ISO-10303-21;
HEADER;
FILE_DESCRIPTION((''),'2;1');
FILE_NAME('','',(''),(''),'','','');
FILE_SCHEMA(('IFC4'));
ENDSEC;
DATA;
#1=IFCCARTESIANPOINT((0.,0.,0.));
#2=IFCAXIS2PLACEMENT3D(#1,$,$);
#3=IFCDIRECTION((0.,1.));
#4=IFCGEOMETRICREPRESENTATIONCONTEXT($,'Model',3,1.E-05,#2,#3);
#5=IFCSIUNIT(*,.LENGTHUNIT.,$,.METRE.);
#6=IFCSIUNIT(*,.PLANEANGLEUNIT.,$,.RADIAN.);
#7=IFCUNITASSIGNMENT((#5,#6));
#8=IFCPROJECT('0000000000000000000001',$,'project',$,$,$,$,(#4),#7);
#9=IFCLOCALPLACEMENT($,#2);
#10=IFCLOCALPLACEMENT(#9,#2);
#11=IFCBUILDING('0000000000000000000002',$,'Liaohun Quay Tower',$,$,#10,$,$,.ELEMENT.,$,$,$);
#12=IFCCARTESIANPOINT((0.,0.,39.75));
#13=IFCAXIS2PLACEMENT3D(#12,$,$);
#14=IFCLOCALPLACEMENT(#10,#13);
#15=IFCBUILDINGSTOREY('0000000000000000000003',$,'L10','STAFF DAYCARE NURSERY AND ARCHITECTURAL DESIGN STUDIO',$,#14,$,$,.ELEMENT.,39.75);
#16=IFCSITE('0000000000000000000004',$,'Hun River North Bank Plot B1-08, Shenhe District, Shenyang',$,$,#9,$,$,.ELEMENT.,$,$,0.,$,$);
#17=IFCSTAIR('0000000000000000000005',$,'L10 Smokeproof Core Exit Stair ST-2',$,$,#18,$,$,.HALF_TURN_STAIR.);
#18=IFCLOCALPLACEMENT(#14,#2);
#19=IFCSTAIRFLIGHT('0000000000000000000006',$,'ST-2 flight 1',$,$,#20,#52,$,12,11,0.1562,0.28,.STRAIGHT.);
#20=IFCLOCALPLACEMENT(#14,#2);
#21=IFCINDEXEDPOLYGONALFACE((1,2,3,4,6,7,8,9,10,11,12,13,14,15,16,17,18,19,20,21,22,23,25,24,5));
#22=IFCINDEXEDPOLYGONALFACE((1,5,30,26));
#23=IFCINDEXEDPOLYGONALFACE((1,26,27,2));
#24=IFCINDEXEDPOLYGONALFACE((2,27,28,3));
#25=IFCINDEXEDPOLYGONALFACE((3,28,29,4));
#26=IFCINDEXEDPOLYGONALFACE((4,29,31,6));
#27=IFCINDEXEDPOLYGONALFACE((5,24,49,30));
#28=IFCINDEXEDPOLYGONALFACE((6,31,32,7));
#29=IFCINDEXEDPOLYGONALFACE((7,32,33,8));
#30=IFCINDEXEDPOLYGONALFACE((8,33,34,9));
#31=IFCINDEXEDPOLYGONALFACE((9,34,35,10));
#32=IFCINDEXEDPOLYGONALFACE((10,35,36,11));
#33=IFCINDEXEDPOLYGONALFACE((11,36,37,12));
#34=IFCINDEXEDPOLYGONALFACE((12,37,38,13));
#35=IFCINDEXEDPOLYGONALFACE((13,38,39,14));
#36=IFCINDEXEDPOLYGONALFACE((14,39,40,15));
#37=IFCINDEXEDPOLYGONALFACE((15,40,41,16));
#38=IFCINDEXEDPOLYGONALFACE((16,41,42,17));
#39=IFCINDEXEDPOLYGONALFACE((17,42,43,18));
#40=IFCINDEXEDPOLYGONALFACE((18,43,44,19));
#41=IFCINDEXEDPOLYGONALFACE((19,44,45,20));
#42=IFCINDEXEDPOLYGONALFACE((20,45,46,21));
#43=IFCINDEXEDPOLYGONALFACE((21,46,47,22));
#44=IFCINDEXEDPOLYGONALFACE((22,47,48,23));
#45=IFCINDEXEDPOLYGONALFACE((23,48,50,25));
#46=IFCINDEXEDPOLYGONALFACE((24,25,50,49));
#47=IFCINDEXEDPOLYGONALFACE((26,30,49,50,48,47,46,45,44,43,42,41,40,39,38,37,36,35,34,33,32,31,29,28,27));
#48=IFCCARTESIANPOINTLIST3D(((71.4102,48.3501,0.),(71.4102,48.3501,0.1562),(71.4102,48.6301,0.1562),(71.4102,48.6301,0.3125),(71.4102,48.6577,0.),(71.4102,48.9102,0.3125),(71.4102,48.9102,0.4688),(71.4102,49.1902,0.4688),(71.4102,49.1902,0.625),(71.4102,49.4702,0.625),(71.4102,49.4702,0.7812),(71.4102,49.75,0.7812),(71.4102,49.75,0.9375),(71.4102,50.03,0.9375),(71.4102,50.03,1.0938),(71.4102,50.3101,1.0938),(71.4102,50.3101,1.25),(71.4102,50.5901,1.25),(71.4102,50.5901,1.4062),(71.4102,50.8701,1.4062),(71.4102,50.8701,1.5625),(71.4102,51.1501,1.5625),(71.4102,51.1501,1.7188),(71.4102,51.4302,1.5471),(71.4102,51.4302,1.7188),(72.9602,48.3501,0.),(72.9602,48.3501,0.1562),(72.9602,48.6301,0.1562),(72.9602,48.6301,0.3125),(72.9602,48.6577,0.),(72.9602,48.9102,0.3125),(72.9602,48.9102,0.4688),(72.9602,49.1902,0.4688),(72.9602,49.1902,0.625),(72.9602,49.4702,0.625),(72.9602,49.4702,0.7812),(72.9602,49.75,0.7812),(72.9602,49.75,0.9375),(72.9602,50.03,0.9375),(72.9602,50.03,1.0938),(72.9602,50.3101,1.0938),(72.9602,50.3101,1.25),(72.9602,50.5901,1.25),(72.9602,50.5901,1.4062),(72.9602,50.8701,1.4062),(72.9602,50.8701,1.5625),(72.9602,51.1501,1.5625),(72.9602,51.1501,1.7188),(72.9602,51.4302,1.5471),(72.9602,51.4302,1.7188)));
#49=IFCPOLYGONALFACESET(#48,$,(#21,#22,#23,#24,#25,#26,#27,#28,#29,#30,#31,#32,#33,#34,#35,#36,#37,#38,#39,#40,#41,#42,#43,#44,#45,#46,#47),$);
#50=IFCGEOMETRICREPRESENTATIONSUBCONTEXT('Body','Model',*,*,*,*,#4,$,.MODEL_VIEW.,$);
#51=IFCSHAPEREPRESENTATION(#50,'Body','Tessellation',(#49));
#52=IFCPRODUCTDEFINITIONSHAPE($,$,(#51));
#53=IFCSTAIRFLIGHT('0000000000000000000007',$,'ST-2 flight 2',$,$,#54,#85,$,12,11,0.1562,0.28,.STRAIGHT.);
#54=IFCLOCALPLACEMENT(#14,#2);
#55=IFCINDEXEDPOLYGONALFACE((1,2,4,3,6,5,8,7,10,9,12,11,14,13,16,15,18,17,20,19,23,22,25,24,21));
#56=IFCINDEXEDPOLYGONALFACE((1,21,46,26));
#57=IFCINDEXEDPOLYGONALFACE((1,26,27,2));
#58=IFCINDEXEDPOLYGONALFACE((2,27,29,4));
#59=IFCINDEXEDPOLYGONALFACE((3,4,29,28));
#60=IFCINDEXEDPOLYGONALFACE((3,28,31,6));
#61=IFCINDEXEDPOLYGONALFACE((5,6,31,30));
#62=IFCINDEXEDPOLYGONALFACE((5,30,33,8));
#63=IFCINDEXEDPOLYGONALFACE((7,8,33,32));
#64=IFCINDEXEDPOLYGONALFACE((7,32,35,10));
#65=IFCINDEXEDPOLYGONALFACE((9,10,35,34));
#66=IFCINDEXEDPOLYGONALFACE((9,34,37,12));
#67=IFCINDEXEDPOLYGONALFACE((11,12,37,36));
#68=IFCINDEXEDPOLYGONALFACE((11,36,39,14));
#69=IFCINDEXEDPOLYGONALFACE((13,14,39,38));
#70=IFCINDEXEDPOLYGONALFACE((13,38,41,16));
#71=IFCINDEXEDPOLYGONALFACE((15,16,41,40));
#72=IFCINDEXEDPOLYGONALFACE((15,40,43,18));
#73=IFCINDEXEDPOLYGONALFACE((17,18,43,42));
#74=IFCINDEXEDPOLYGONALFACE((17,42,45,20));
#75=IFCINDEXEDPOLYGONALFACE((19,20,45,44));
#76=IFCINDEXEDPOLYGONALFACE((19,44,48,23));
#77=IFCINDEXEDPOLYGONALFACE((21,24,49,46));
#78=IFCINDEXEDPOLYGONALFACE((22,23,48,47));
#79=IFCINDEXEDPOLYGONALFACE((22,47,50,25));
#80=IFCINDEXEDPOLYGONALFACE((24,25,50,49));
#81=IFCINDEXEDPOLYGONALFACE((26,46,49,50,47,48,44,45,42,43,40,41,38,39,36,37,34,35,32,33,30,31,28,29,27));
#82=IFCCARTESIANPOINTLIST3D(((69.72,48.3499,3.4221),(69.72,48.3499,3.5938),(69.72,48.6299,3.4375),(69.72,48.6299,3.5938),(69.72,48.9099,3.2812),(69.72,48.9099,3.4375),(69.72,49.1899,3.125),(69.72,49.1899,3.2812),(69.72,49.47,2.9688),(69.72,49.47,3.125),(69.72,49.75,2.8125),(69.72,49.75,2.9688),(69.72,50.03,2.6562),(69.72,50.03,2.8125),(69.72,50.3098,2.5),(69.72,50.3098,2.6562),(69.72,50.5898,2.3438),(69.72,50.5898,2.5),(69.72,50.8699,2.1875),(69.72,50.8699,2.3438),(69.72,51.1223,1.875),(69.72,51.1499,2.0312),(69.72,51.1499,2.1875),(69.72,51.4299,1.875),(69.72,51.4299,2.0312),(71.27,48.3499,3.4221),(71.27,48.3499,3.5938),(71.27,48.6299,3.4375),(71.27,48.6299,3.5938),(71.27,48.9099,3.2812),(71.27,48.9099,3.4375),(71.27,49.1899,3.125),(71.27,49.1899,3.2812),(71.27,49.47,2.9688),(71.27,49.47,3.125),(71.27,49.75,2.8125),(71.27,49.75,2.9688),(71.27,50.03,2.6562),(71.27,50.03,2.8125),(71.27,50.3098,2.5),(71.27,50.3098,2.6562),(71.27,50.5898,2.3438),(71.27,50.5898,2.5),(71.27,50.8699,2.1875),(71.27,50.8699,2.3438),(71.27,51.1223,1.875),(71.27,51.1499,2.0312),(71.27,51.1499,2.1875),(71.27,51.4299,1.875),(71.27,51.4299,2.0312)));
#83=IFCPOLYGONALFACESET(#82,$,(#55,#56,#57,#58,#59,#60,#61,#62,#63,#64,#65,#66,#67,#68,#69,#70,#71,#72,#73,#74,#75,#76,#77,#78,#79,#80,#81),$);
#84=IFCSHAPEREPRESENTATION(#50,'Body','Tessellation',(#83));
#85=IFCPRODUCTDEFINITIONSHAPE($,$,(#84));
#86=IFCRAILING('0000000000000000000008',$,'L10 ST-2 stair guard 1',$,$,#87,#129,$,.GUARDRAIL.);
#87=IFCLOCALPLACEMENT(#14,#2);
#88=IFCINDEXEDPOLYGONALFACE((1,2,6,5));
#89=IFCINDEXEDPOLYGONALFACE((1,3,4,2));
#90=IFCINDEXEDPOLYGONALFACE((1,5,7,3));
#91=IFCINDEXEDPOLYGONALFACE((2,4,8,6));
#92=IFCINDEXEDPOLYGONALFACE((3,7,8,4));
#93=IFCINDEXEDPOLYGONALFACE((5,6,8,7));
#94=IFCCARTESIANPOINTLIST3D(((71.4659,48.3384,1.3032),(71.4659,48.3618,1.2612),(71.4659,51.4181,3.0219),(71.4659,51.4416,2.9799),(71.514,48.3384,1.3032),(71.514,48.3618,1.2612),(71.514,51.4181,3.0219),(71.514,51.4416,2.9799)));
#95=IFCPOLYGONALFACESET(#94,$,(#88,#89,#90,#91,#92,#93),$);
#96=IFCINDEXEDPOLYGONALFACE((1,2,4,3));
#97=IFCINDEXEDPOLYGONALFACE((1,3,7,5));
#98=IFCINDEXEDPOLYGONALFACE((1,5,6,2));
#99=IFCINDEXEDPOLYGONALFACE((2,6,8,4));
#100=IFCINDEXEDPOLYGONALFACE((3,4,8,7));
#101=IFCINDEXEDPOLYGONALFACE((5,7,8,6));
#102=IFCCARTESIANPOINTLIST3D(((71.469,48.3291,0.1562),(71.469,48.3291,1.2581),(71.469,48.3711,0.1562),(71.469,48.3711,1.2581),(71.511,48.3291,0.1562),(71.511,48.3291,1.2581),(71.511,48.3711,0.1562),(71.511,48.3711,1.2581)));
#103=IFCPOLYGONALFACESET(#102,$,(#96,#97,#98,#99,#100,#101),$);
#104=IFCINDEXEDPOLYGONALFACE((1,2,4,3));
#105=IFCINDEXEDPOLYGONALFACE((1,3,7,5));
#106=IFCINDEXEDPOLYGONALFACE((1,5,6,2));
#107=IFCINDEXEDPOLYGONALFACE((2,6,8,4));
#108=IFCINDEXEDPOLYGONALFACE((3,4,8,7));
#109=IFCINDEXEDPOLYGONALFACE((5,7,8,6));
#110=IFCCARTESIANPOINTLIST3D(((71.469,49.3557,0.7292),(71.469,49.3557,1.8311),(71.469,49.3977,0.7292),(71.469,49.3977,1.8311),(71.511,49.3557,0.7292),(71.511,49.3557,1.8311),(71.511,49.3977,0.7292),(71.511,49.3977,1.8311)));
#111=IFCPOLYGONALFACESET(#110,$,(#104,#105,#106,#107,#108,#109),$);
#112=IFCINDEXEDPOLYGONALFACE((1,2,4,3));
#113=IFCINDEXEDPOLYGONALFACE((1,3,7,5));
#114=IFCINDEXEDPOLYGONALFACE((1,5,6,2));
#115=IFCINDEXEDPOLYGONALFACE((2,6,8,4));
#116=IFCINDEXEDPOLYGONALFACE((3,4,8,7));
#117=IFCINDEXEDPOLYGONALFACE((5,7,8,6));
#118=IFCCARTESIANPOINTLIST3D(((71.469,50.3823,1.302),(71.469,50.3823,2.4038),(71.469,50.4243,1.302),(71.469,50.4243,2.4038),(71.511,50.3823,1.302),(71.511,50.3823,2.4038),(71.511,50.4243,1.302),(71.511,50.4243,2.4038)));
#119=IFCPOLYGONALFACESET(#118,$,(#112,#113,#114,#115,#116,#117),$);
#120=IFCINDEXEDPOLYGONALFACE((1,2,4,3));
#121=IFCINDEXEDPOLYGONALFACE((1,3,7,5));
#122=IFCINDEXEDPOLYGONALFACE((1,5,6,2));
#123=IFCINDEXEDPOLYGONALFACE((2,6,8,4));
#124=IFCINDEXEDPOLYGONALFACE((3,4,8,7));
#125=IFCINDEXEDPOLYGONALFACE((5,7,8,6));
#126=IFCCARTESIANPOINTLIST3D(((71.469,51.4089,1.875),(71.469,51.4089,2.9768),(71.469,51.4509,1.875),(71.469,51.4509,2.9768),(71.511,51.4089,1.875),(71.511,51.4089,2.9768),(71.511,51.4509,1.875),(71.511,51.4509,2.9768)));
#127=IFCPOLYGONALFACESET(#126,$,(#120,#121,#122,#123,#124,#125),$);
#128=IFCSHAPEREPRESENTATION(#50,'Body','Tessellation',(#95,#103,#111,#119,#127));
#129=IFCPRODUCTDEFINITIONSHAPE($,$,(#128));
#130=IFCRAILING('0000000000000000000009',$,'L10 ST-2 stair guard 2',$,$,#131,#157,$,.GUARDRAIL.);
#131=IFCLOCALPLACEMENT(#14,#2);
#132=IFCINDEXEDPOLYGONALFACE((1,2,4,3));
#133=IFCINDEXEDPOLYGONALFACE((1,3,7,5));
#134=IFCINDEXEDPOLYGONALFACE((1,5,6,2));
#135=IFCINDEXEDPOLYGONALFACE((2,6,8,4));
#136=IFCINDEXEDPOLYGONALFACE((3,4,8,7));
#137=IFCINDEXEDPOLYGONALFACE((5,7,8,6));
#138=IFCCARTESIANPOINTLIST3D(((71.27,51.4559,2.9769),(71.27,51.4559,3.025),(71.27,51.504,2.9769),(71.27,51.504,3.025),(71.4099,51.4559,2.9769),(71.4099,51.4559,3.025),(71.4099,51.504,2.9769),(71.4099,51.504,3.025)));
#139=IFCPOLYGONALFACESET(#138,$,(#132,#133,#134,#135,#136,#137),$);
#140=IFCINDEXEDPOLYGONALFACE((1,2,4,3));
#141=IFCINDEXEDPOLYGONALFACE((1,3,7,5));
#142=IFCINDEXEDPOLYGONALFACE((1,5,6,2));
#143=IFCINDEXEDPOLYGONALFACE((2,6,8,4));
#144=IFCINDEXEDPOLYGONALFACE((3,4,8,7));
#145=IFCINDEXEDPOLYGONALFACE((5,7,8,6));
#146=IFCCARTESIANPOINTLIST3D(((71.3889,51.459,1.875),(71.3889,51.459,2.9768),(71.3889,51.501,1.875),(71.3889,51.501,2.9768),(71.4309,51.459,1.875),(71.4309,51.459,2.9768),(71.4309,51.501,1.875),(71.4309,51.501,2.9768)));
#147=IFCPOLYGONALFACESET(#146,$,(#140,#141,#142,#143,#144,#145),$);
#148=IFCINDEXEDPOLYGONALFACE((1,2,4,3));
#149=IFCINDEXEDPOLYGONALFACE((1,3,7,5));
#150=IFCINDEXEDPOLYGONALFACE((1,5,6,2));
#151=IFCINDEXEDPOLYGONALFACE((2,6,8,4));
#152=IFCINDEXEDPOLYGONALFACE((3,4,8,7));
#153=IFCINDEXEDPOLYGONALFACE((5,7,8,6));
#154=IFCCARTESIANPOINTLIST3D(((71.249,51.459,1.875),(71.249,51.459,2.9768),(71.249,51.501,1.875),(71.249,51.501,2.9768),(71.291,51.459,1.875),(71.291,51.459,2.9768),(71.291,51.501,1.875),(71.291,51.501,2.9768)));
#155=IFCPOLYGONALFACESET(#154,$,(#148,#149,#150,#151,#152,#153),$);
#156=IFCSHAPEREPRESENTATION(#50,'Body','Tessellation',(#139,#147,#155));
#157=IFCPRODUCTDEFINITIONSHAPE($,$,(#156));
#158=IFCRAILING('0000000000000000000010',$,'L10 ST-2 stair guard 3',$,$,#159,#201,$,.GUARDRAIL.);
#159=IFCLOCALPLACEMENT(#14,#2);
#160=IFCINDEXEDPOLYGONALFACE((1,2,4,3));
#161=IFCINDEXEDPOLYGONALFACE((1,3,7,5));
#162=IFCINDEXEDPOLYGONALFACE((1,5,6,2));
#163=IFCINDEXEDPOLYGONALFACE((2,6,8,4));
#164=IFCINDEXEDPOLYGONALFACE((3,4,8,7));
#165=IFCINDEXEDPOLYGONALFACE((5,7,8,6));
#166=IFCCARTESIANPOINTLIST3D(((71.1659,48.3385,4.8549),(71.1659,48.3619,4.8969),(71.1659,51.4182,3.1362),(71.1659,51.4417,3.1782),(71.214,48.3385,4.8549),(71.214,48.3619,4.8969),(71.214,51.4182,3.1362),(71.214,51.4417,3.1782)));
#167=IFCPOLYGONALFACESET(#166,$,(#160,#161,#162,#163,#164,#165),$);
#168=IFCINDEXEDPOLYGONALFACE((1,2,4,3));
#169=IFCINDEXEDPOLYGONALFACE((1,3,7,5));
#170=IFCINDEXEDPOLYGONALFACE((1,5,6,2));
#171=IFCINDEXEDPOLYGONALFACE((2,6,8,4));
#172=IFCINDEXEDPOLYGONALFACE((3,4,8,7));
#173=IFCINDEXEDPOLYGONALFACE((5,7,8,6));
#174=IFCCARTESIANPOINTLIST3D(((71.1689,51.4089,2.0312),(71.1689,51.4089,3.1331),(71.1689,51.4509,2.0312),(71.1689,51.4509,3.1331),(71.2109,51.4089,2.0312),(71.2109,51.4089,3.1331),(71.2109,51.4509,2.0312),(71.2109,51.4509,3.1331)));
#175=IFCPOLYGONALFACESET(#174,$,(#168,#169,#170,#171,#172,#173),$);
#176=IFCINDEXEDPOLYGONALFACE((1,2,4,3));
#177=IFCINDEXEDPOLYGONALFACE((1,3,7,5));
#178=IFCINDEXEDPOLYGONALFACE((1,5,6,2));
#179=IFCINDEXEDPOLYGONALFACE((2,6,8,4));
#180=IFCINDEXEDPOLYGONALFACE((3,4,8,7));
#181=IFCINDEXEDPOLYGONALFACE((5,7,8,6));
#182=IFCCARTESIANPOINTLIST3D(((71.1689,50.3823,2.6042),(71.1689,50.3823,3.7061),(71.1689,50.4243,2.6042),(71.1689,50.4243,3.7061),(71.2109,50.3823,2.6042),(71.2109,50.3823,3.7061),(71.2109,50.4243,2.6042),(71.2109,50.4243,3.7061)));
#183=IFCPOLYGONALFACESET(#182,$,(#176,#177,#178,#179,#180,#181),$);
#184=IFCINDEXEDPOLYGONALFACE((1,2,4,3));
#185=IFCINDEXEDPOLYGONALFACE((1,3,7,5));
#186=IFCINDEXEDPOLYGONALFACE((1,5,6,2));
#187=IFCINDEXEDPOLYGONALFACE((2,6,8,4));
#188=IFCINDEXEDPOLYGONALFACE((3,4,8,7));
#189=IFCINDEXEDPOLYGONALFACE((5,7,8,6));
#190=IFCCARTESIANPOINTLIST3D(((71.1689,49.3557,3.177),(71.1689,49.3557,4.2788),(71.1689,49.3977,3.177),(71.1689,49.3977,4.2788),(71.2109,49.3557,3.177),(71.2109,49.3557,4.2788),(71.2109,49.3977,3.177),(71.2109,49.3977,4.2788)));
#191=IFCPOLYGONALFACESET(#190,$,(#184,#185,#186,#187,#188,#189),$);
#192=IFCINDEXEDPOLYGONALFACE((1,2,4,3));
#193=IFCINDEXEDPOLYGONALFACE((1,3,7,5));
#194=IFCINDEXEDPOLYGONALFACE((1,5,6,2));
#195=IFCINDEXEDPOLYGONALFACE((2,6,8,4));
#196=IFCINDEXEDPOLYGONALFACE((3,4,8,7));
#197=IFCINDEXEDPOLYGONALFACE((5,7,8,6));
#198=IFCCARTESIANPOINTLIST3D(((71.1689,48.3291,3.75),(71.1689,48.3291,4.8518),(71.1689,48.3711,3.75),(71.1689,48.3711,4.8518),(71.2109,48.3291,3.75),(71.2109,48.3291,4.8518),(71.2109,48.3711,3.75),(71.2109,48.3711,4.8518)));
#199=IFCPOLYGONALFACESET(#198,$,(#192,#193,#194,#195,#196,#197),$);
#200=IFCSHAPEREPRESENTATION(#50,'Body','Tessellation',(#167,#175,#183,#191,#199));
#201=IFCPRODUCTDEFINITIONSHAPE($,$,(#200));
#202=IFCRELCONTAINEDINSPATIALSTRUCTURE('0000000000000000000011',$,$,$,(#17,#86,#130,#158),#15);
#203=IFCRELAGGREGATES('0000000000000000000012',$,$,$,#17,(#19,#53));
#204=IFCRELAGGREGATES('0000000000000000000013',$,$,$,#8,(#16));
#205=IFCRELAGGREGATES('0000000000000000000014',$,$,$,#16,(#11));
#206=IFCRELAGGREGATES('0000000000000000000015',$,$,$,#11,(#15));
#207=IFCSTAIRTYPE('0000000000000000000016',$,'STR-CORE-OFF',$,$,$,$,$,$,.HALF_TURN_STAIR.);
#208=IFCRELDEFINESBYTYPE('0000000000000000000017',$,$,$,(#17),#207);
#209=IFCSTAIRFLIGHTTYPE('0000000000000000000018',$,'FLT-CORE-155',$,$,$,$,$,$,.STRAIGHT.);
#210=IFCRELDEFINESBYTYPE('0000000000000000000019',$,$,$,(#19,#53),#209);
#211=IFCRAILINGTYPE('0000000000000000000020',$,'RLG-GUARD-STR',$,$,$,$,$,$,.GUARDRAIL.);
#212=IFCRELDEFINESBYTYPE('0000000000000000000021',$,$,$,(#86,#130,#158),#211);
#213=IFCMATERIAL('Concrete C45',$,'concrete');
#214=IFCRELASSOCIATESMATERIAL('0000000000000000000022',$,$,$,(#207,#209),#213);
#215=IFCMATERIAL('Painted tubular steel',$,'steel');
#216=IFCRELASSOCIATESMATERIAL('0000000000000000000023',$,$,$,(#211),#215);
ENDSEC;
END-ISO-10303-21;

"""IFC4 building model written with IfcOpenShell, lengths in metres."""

from ifc_helpers import new_model, si_unit, direction, frame, origin, origin_2d, place, context, subcontext, project, spatial, polyline, rectangle, outline, extrude, material, type_object, element, aggregate, save


model = new_model("IFC4")

# Units and contexts
model_context = context("Model", 3, precision=1e-05, world=origin(), true_north=direction((0.0, 1.0)))
body_context = subcontext(model_context, "Body", "Model", "MODEL_VIEW")
ifc_project = project(units=[si_unit("LENGTHUNIT", "METRE"), si_unit("PLANEANGLEUNIT", "RADIAN")], contexts=[model_context])

# Site, building, storey
site_placement = place(None, origin())
site = spatial("IfcSite", under=ifc_project, at=site_placement, Name="Hun River North Bank Plot B1-08, Shenhe District, Shenyang", CompositionType="ELEMENT", RefElevation=0.0)
building_placement = place(site_placement, origin())
building = spatial("IfcBuilding", under=site, at=building_placement, Name="Liaohun Quay Tower", CompositionType="ELEMENT")
storey_placement = place(building_placement, frame((0.0, 0.0, 39.75)))
storey = spatial("IfcBuildingStorey", under=building, at=storey_placement, Name="L10", Description="STAFF DAYCARE NURSERY AND ARCHITECTURAL DESIGN STUDIO", CompositionType="ELEMENT", Elevation=39.75)

# Stair, stair flights
ifc_material_1 = material(Name="Concrete C45", Category="concrete")
stair_type = type_object("IfcStairType", Name="STR-CORE-OFF", PredefinedType="HALF_TURN_STAIR", material=ifc_material_1)
stair_placement = place(storey_placement, origin())
stair = element("IfcStair", 1, at=stair_placement, inside=storey, type_object=stair_type, Name="L10 Smokeproof Core Exit Stair ST-2", PredefinedType="HALF_TURN_STAIR")
stair_flight_type = type_object("IfcStairFlightType", Name="FLT-CORE-155", PredefinedType="STRAIGHT", material=ifc_material_1)
stair_flight_1_placement = place(storey_placement, frame((72.1851, 48.3501, 0.0), z_axis=(0.0, 0.0, 1.0), x_axis=(0.0, 1.0, 0.0)))
stair_flight_1 = element("IfcStairFlight", 2, at=stair_flight_1_placement, type_object=stair_flight_type, Name="ST-2 flight 1", NumberOfRisers=12, NumberOfTreads=11, PredefinedType="STRAIGHT", RiserHeight=0.1562, TreadLength=0.28, context=body_context, shape_type="SweptSolid", body=[
    extrude(outline(polyline([(0.0, 0.0), (0.0, 0.1562), (0.28, 0.1562), (0.28, 0.3125), (0.5601, 0.3125), (0.5601, 0.4688), (0.8401, 0.4688), (0.8401, 0.625), (1.1201, 0.625), (1.1201, 0.7812), (1.3999, 0.7812), (1.3999, 0.9375), (1.6799, 0.9375), (1.6799, 1.0938), (1.96, 1.0938), (1.96, 1.25), (2.24, 1.25), (2.24, 1.4062), (2.52, 1.4062), (2.52, 1.5625), (2.8, 1.5625), (2.8, 1.7188), (3.0801, 1.7188), (3.0801, 1.875), (3.0801, 1.5471), (0.3076, 0.0), (0.0, 0.0)])), frame((0.0, 0.7749, 0.0), z_axis=(0.0, -1.0, 0.0), x_axis=(1.0, 0.0, 0.0)), (0.0, 0.0, 1.0), 1.55),
])
stair_flight_2_placement = place(storey_placement, frame((70.4951, 51.4299, 1.875), z_axis=(0.0, 0.0, 1.0), x_axis=(0.0, -1.0, 0.0)))
stair_flight_2 = element("IfcStairFlight", 3, at=stair_flight_2_placement, type_object=stair_flight_type, Name="ST-2 flight 2", NumberOfRisers=12, NumberOfTreads=11, PredefinedType="STRAIGHT", RiserHeight=0.1562, TreadLength=0.28, context=body_context, shape_type="SweptSolid", body=[
    extrude(outline(polyline([(0.0, 0.0), (0.0, 0.1562), (0.28, 0.1562), (0.28, 0.3125), (0.5601, 0.3125), (0.5601, 0.4688), (0.8401, 0.4688), (0.8401, 0.625), (1.1201, 0.625), (1.1201, 0.7812), (1.3999, 0.7812), (1.3999, 0.9375), (1.6799, 0.9375), (1.6799, 1.0938), (1.96, 1.0938), (1.96, 1.25), (2.24, 1.25), (2.24, 1.4062), (2.52, 1.4062), (2.52, 1.5625), (2.8, 1.5625), (2.8, 1.7188), (3.0801, 1.7188), (3.0801, 1.875), (3.0801, 1.5471), (0.3076, 0.0), (0.0, 0.0)])), frame((0.0, 0.7749, 0.0), z_axis=(0.0, -1.0, 0.0), x_axis=(1.0, 0.0, 0.0)), (0.0, 0.0, 1.0), 1.55),
])
aggregate(stair, [stair_flight_1, stair_flight_2])

# Railings
ifc_material_2 = material(Name="Painted tubular steel", Category="steel")
railing_type_1 = type_object("IfcRailingType", Name="RLG-GUARD-STR", PredefinedType="GUARDRAIL", material=ifc_material_2)
railing_1_placement = place(storey_placement, frame((71.49, 48.3501, 0.1562)))
element("IfcRailing", 4, at=railing_1_placement, inside=storey, type_object=railing_type_1, Name="L10 ST-2 stair guard 1", PredefinedType="GUARDRAIL", context=body_context, shape_type="SweptSolid", body=[
    extrude(rectangle(XDim=0.0481, YDim=0.0481, at=origin_2d()), frame((0.0, 0.0, 1.126), z_axis=(0.0, 0.873225, 0.487317), x_axis=(-1.0, 0.0, 0.0)), (0.0, 0.0, 1.0), 3.5269),
    extrude(rectangle(XDim=0.042, YDim=0.042, at=origin_2d()), origin(), (0.0, 0.0, 1.0), 1.1018),
    extrude(rectangle(XDim=0.042, YDim=0.042, at=origin_2d()), frame((0.0, 1.0266, 0.573)), (0.0, 0.0, 1.0), 1.1018),
    extrude(rectangle(XDim=0.042, YDim=0.042, at=origin_2d()), frame((0.0, 2.0532, 1.1458)), (0.0, 0.0, 1.0), 1.1018),
    extrude(rectangle(XDim=0.042, YDim=0.042, at=origin_2d()), frame((0.0, 3.0798, 1.7188)), (0.0, 0.0, 1.0), 1.1018),
])
railing_2_placement = place(storey_placement, frame((71.4099, 51.48, 1.875)))
element("IfcRailing", 5, at=railing_2_placement, inside=storey, type_object=railing_type_1, Name="L10 ST-2 stair guard 2", PredefinedType="GUARDRAIL", context=body_context, shape_type="SweptSolid", body=[
    extrude(rectangle(XDim=0.0481, YDim=0.0481, at=origin_2d()), frame((0.0, 0.0, 1.126), z_axis=(-1.0, 0.0, 0.0), x_axis=(0.0, -1.0, 0.0)), (0.0, 0.0, 1.0), 0.1399),
    extrude(rectangle(XDim=0.042, YDim=0.042, at=origin_2d()), origin(), (0.0, 0.0, 1.0), 1.1018),
    extrude(rectangle(XDim=0.042, YDim=0.042, at=origin_2d()), frame((-0.1399, 0.0, 0.0)), (0.0, 0.0, 1.0), 1.1018),
])
railing_3_placement = place(storey_placement, frame((71.1899, 51.4299, 2.0312)))
element("IfcRailing", 6, at=railing_3_placement, inside=storey, type_object=railing_type_1, Name="L10 ST-2 stair guard 3", PredefinedType="GUARDRAIL", context=body_context, shape_type="SweptSolid", body=[
    extrude(rectangle(XDim=0.0481, YDim=0.0481, at=origin_2d()), frame((0.0, 0.0, 1.126), z_axis=(0.0, -0.873225, 0.487317), x_axis=(1.0, 0.0, 0.0)), (0.0, 0.0, 1.0), 3.5269),
    extrude(rectangle(XDim=0.042, YDim=0.042, at=origin_2d()), origin(), (0.0, 0.0, 1.0), 1.1018),
    extrude(rectangle(XDim=0.042, YDim=0.042, at=origin_2d()), frame((0.0, -1.0266, 0.573)), (0.0, 0.0, 1.0), 1.1018),
    extrude(rectangle(XDim=0.042, YDim=0.042, at=origin_2d()), frame((0.0, -2.0532, 1.1458)), (0.0, 0.0, 1.0), 1.1018),
    extrude(rectangle(XDim=0.042, YDim=0.042, at=origin_2d()), frame((0.0, -3.0798, 1.7188)), (0.0, 0.0, 1.0), 1.1018),
])

save(model, "model.ifc")
